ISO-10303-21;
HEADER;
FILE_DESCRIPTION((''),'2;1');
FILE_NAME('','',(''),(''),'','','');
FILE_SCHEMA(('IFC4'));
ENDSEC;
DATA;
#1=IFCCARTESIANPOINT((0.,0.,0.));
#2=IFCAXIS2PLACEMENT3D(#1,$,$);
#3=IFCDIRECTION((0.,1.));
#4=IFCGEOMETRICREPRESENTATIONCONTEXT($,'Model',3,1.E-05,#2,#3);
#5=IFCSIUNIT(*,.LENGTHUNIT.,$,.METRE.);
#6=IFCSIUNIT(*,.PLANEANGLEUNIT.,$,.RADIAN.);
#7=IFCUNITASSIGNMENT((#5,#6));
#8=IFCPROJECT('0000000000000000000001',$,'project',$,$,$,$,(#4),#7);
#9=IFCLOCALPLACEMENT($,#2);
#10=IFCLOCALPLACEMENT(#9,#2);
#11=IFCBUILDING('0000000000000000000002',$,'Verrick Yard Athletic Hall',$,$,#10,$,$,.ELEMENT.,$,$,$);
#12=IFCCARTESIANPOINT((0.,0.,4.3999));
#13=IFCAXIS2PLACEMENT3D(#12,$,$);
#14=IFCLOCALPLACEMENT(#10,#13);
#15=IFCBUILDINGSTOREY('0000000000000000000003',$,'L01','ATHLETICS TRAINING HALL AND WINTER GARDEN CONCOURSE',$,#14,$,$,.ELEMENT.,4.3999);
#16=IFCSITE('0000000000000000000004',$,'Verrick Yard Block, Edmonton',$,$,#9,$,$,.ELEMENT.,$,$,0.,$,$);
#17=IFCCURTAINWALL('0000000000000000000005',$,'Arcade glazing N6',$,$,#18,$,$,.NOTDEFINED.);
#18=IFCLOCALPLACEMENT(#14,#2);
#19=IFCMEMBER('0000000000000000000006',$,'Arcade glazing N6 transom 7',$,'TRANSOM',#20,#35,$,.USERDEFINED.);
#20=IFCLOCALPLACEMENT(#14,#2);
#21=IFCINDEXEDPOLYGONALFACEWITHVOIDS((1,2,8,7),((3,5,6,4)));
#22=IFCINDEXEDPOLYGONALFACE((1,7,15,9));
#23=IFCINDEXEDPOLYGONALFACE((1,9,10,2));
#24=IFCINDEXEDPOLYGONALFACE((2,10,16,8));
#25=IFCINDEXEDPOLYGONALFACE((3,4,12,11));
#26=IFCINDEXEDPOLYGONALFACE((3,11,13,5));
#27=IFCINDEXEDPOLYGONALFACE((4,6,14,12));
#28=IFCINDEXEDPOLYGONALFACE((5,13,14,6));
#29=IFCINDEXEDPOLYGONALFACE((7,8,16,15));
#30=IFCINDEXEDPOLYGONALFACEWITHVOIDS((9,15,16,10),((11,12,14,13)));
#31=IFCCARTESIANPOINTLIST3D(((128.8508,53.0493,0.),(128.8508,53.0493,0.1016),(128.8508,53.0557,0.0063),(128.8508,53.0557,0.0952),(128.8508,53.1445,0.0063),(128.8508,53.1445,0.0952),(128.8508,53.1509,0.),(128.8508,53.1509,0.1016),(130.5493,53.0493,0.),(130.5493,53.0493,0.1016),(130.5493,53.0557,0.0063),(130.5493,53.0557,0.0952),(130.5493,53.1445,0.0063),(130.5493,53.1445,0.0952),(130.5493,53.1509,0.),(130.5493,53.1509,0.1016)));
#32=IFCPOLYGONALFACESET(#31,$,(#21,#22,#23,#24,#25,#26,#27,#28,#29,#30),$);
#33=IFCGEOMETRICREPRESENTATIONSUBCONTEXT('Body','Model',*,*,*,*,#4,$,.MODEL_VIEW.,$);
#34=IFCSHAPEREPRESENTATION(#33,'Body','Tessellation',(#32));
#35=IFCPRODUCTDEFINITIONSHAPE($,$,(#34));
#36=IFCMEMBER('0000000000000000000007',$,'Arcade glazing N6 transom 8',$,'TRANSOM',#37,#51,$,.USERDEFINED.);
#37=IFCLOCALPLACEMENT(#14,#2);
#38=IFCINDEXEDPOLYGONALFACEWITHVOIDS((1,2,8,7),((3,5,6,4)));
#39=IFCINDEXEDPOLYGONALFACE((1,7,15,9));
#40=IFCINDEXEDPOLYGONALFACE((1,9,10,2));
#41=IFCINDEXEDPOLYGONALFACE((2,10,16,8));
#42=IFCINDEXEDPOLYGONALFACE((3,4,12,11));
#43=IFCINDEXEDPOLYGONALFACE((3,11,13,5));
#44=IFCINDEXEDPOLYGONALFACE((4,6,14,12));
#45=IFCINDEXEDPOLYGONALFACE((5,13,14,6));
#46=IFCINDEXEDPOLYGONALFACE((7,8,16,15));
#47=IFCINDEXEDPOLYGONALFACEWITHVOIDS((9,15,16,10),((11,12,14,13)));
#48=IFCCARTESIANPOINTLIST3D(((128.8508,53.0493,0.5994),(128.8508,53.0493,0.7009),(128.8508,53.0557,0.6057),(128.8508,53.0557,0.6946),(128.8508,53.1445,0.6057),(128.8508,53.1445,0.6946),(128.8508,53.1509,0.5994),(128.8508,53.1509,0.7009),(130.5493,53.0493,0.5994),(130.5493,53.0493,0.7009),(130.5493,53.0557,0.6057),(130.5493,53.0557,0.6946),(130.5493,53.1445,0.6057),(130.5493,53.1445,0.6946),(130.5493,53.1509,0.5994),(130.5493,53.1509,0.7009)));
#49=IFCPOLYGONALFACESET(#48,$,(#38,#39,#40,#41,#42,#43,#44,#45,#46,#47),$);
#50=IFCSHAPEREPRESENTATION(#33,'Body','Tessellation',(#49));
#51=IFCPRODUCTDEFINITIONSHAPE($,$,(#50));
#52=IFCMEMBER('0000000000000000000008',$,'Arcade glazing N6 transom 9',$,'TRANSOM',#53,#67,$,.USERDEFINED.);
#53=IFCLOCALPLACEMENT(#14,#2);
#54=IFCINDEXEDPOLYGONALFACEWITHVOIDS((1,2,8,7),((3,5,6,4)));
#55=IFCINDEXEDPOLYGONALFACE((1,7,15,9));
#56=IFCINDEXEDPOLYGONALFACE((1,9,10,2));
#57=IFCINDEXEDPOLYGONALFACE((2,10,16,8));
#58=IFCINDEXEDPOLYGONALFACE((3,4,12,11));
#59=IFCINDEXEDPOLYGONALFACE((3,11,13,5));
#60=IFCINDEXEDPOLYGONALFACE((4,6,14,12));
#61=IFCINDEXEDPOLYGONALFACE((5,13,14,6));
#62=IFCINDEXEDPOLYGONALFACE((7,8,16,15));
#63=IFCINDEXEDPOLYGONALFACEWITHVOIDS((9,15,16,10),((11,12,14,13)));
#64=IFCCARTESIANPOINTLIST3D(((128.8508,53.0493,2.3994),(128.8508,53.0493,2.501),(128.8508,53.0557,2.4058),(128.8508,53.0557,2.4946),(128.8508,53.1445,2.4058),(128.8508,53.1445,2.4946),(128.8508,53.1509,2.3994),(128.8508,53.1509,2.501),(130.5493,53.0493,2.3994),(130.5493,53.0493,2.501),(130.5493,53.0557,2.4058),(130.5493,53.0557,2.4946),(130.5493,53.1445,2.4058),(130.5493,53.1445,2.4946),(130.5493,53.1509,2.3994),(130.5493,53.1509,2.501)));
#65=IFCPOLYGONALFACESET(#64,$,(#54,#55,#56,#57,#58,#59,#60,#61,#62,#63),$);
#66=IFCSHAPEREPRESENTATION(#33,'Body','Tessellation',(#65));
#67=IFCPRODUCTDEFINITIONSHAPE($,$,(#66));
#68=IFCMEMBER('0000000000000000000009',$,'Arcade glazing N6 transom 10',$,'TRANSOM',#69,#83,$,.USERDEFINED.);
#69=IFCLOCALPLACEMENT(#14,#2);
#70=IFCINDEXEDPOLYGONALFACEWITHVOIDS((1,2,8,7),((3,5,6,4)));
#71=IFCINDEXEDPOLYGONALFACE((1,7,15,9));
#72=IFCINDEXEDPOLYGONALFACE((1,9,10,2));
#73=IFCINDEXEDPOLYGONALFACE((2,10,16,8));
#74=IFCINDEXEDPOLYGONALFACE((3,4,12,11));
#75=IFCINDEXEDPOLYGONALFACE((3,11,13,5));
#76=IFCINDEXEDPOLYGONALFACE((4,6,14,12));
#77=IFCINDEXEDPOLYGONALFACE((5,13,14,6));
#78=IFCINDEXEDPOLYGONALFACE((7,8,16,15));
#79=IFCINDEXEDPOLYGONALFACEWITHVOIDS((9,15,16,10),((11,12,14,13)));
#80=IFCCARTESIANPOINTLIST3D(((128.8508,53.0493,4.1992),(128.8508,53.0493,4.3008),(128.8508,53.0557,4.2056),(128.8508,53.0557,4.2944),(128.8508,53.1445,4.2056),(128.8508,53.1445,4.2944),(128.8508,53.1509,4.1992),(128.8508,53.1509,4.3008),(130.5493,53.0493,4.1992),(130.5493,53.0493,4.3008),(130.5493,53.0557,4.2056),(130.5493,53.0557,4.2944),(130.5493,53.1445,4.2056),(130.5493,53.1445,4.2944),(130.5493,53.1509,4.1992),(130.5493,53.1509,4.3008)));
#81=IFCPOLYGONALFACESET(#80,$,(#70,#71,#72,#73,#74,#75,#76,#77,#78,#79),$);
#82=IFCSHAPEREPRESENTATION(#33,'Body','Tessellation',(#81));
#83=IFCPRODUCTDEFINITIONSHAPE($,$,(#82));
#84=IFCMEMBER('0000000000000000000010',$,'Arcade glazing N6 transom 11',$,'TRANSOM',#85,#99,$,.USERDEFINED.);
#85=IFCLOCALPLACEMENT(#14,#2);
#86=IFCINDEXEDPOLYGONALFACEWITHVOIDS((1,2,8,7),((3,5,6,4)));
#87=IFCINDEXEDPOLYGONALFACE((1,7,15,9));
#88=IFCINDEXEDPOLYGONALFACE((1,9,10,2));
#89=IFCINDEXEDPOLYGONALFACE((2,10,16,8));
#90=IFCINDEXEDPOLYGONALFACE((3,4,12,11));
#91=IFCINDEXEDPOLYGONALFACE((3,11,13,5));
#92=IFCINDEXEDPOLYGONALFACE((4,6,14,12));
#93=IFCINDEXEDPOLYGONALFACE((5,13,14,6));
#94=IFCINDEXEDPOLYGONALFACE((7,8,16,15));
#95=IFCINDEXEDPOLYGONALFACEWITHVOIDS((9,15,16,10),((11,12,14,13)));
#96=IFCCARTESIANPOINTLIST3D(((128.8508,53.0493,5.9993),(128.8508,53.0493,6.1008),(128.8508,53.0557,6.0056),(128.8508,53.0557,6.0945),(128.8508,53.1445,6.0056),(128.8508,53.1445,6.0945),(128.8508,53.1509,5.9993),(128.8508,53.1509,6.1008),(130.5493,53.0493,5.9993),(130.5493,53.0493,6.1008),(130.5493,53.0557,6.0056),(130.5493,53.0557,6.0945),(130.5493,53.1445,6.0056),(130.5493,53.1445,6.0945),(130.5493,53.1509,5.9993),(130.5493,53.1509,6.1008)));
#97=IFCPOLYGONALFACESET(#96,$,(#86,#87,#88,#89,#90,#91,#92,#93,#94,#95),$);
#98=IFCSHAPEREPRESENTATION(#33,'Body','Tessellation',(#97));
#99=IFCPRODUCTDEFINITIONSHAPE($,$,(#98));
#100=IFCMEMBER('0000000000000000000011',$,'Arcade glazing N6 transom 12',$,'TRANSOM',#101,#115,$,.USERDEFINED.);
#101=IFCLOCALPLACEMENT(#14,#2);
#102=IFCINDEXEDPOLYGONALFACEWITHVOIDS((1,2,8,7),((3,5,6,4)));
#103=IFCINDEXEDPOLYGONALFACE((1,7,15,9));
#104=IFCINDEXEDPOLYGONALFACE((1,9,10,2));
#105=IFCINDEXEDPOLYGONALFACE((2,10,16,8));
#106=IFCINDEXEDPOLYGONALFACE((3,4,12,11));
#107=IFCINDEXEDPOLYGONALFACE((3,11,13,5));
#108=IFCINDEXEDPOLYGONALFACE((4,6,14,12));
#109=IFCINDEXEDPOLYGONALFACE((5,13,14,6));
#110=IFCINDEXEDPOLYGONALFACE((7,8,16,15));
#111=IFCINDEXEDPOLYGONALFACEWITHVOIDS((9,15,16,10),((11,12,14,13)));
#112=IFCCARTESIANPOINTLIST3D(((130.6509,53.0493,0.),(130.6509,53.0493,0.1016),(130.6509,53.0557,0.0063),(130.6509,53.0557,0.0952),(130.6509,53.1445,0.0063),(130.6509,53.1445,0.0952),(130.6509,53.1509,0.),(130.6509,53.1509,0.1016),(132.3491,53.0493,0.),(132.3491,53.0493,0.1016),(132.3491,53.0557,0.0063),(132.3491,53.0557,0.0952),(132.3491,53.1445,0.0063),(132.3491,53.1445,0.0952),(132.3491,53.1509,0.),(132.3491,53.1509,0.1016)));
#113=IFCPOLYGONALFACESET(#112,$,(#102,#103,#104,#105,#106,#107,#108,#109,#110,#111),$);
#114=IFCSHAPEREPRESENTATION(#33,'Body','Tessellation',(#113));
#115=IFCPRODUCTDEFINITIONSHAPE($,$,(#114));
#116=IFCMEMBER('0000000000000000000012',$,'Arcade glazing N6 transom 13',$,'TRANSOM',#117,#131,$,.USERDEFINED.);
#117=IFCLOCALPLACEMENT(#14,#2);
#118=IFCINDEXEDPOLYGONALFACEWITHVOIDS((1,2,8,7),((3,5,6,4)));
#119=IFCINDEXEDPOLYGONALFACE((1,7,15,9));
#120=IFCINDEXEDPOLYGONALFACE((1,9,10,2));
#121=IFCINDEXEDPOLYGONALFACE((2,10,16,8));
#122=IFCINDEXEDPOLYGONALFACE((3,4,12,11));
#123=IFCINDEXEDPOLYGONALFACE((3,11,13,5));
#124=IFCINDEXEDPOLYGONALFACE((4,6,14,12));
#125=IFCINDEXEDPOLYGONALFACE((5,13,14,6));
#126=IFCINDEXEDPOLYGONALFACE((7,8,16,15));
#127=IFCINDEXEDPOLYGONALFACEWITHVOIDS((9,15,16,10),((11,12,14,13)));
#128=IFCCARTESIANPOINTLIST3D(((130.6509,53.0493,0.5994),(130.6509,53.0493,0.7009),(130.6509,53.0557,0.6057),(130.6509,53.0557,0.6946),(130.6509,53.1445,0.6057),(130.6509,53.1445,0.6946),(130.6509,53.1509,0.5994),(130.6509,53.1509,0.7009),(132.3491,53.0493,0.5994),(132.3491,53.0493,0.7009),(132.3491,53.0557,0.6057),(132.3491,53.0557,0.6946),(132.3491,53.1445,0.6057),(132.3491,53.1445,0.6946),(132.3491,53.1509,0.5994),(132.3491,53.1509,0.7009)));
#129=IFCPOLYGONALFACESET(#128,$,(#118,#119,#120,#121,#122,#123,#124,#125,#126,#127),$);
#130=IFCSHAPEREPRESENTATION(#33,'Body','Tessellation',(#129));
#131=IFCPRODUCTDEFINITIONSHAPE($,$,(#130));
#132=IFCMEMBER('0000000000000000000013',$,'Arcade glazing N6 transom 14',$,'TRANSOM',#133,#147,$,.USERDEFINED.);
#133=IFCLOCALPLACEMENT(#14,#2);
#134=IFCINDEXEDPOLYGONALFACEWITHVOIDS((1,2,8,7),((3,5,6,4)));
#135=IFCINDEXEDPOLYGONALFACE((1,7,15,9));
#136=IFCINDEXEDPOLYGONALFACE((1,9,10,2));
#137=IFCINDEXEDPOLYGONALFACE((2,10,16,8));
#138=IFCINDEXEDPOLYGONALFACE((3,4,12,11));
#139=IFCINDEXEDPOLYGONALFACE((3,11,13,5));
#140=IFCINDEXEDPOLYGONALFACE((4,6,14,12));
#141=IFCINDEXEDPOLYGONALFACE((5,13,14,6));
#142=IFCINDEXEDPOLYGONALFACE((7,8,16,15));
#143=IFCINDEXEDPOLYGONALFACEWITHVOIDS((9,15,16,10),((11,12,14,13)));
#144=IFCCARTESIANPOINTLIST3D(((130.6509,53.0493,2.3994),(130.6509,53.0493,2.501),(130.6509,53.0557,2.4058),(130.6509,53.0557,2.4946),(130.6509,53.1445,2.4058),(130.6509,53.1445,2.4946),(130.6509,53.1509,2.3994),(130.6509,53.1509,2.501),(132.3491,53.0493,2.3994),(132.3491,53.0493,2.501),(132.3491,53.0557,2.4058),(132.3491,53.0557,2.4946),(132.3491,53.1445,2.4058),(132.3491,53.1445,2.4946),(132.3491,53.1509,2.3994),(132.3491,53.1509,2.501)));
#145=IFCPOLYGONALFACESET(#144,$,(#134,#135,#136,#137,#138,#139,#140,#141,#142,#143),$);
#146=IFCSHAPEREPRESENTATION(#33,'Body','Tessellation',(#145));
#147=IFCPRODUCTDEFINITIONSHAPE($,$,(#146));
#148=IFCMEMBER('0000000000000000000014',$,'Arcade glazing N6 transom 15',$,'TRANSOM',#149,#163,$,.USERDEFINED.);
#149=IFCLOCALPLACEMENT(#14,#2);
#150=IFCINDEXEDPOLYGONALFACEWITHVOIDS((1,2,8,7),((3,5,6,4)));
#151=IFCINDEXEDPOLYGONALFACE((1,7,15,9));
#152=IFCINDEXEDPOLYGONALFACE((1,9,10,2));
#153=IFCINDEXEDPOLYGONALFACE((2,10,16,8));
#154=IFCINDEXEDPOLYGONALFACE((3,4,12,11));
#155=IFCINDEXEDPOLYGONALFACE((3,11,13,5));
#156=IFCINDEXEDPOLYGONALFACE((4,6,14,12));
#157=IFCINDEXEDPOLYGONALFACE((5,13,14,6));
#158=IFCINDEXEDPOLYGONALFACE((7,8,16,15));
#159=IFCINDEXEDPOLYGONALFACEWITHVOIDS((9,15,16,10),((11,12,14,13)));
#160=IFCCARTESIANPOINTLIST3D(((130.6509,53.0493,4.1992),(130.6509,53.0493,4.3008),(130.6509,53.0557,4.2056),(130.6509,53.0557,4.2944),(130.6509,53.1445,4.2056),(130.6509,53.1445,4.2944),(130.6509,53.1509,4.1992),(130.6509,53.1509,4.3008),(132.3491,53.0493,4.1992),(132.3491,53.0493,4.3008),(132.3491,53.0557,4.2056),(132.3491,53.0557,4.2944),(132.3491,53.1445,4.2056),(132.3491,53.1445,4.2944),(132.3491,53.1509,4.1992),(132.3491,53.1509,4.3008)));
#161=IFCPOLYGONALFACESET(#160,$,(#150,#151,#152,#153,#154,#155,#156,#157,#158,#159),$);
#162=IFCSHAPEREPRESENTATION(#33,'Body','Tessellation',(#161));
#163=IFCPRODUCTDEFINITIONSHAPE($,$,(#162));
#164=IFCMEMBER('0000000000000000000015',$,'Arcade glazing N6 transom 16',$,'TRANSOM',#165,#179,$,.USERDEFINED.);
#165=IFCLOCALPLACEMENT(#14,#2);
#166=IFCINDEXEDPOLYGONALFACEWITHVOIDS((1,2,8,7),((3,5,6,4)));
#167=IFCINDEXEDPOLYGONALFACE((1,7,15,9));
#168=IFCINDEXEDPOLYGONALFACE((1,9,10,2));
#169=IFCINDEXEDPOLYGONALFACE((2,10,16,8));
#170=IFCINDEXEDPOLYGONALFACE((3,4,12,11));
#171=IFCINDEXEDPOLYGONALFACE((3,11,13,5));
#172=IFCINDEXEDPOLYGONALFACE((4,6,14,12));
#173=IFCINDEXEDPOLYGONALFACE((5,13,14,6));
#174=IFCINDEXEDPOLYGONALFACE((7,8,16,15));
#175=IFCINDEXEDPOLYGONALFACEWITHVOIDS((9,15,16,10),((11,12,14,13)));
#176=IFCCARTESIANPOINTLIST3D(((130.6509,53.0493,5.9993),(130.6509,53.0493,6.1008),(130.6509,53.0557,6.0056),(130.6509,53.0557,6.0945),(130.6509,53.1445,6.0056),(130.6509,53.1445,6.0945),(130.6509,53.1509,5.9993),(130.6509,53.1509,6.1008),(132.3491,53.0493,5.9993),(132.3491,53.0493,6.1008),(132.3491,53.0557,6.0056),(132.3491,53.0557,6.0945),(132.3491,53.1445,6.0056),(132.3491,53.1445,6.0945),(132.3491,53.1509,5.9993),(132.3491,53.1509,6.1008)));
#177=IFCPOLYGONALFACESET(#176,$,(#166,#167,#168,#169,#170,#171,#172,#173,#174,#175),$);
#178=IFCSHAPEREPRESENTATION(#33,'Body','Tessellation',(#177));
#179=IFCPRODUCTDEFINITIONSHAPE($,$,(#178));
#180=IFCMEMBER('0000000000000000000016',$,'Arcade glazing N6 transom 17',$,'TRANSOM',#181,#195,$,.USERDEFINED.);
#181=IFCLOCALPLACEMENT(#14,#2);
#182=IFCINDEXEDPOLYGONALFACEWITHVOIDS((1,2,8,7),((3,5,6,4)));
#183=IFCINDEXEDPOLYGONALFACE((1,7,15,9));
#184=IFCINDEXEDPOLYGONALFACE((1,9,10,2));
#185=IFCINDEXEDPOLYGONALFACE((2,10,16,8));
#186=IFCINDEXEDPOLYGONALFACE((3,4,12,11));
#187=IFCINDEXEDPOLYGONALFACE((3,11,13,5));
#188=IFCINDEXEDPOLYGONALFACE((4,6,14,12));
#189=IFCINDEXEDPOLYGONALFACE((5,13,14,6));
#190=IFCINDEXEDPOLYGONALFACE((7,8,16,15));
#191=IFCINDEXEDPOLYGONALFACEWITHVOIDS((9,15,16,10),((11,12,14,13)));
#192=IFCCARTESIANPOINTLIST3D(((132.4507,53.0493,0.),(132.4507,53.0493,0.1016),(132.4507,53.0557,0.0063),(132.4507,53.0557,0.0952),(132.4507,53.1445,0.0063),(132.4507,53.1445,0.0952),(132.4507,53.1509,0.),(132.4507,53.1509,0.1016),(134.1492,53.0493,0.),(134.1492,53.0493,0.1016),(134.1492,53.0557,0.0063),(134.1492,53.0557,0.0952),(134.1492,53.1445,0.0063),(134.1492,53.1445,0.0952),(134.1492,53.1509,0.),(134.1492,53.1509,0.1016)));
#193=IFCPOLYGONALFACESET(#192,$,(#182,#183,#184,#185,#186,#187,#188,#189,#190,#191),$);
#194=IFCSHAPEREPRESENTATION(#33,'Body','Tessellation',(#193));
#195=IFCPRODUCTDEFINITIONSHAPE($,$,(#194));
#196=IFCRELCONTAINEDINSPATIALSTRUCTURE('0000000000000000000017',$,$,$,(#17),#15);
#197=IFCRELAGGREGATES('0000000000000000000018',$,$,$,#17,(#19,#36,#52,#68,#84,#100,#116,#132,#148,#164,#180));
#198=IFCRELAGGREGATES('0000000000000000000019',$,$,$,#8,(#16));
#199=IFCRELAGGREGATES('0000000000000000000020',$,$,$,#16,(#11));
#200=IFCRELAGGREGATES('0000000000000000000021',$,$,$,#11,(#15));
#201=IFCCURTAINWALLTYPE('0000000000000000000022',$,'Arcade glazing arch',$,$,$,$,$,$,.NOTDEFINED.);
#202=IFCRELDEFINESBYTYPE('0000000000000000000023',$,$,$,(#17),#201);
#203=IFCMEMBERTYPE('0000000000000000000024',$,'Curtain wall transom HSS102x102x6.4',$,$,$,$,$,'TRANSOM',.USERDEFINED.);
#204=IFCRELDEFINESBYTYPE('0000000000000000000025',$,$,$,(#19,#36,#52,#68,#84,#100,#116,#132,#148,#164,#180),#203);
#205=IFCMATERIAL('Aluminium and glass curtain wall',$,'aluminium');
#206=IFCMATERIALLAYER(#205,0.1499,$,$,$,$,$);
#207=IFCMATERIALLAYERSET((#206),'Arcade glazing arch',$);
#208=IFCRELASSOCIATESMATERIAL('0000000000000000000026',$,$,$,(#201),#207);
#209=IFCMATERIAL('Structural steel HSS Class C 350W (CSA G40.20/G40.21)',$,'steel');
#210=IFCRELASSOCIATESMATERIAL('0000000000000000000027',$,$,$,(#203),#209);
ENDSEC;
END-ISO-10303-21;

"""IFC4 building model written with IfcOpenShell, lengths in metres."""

from ifc_helpers import new_model, si_unit, direction, frame, origin, origin_2d, place, context, subcontext, project, spatial, hollow_rectangle, extrude, material, layer, layer_set, material_profile, profile_set, type_object, element, aggregate, save


model = new_model("IFC4")

# Units and contexts
model_context = context("Model", 3, precision=1e-05, world=origin(), true_north=direction((0.0, 1.0)))
body_context = subcontext(model_context, "Body", "Model", "MODEL_VIEW")
ifc_project = project(units=[si_unit("LENGTHUNIT", "METRE"), si_unit("PLANEANGLEUNIT", "RADIAN")], contexts=[model_context])

# Site, building, storey
site_placement = place(None, origin())
site = spatial("IfcSite", under=ifc_project, at=site_placement, Name="Verrick Yard Block, Edmonton", CompositionType="ELEMENT", RefElevation=0.0)
building_placement = place(site_placement, origin())
building = spatial("IfcBuilding", under=site, at=building_placement, Name="Verrick Yard Athletic Hall", CompositionType="ELEMENT")
storey_placement = place(building_placement, frame((0.0, 0.0, 4.3999)))
storey = spatial("IfcBuildingStorey", under=building, at=storey_placement, Name="L01", Description="ATHLETICS TRAINING HALL AND WINTER GARDEN CONCOURSE", CompositionType="ELEMENT", Elevation=4.3999)

# Curtain wall, members
ifc_material_1 = material(Name="Aluminium and glass curtain wall", Category="aluminium")
ifc_layer_1 = layer(ifc_material_1, 0.1499)
ifc_layer_set_1 = layer_set([ifc_layer_1], Name="Arcade glazing arch")
curtain_wall_type = type_object("IfcCurtainWallType", Name="Arcade glazing arch", PredefinedType="NOTDEFINED", material=ifc_layer_set_1)
curtain_wall_placement = place(storey_placement, origin())
curtain_wall = element("IfcCurtainWall", 1, at=curtain_wall_placement, inside=storey, type_object=curtain_wall_type, Name="Arcade glazing N6", PredefinedType="NOTDEFINED")
ifc_material_2 = material(Name="Structural steel HSS Class C 350W (CSA G40.20/G40.21)", Category="steel")
ifc_material_profile_1 = material_profile(ifc_material_2, hollow_rectangle(XDim=0.1016, YDim=0.1016, WallThickness=0.0063, at=origin_2d()), Name="HSS102x102x6.4")
ifc_profile_set_1 = profile_set([ifc_material_profile_1], Name="Structural steel HSS Class C 350W (CSA G40.20/G40.21)")
member_type_1 = type_object("IfcMemberType", Name="Curtain wall transom HSS102x102x6.4", ElementType="TRANSOM", PredefinedType="USERDEFINED", material=ifc_profile_set_1)
member_1_placement = place(storey_placement, frame((128.8508, 53.1001, 0.0508), z_axis=(1.0, 0.0, 0.0), x_axis=(0.0, 1.0, 0.0)))
member_1 = element("IfcMember", 2, at=member_1_placement, type_object=member_type_1, Name="Arcade glazing N6 transom 7", ObjectType="TRANSOM", PredefinedType="USERDEFINED", context=body_context, shape_type="SweptSolid", body=[
    extrude(hollow_rectangle(XDim=0.1016, YDim=0.1016, WallThickness=0.0063, at=origin_2d()), origin(), (0.0, 0.0, 1.0), 1.6985),
])
member_2_placement = place(storey_placement, frame((128.8508, 53.1001, 0.6501), z_axis=(1.0, 0.0, 0.0), x_axis=(0.0, 1.0, 0.0)))
member_2 = element("IfcMember", 3, at=member_2_placement, type_object=member_type_1, Name="Arcade glazing N6 transom 8", ObjectType="TRANSOM", PredefinedType="USERDEFINED", context=body_context, shape_type="SweptSolid", body=[
    extrude(hollow_rectangle(XDim=0.1016, YDim=0.1016, WallThickness=0.0063, at=origin_2d()), origin(), (0.0, 0.0, 1.0), 1.6985),
])
member_3_placement = place(storey_placement, frame((128.8508, 53.1001, 2.4502), z_axis=(1.0, 0.0, 0.0), x_axis=(0.0, 1.0, 0.0)))
member_3 = element("IfcMember", 4, at=member_3_placement, type_object=member_type_1, Name="Arcade glazing N6 transom 9", ObjectType="TRANSOM", PredefinedType="USERDEFINED", context=body_context, shape_type="SweptSolid", body=[
    extrude(hollow_rectangle(XDim=0.1016, YDim=0.1016, WallThickness=0.0063, at=origin_2d()), origin(), (0.0, 0.0, 1.0), 1.6985),
])
member_4_placement = place(storey_placement, frame((128.8508, 53.1001, 4.25), z_axis=(1.0, 0.0, 0.0), x_axis=(0.0, 1.0, 0.0)))
member_4 = element("IfcMember", 5, at=member_4_placement, type_object=member_type_1, Name="Arcade glazing N6 transom 10", ObjectType="TRANSOM", PredefinedType="USERDEFINED", context=body_context, shape_type="SweptSolid", body=[
    extrude(hollow_rectangle(XDim=0.1016, YDim=0.1016, WallThickness=0.0063, at=origin_2d()), origin(), (0.0, 0.0, 1.0), 1.6985),
])
member_5_placement = place(storey_placement, frame((128.8508, 53.1001, 6.05), z_axis=(1.0, 0.0, 0.0), x_axis=(0.0, 1.0, 0.0)))
member_5 = element("IfcMember", 6, at=member_5_placement, type_object=member_type_1, Name="Arcade glazing N6 transom 11", ObjectType="TRANSOM", PredefinedType="USERDEFINED", context=body_context, shape_type="SweptSolid", body=[
    extrude(hollow_rectangle(XDim=0.1016, YDim=0.1016, WallThickness=0.0063, at=origin_2d()), origin(), (0.0, 0.0, 1.0), 1.6985),
])
member_6_placement = place(storey_placement, frame((130.6509, 53.1001, 0.0508), z_axis=(1.0, 0.0, 0.0), x_axis=(0.0, 1.0, 0.0)))
member_6 = element("IfcMember", 7, at=member_6_placement, type_object=member_type_1, Name="Arcade glazing N6 transom 12", ObjectType="TRANSOM", PredefinedType="USERDEFINED", context=body_context, shape_type="SweptSolid", body=[
    extrude(hollow_rectangle(XDim=0.1016, YDim=0.1016, WallThickness=0.0063, at=origin_2d()), origin(), (0.0, 0.0, 1.0), 1.6982),
])
member_7_placement = place(storey_placement, frame((130.6509, 53.1001, 0.6501), z_axis=(1.0, 0.0, 0.0), x_axis=(0.0, 1.0, 0.0)))
member_7 = element("IfcMember", 8, at=member_7_placement, type_object=member_type_1, Name="Arcade glazing N6 transom 13", ObjectType="TRANSOM", PredefinedType="USERDEFINED", context=body_context, shape_type="SweptSolid", body=[
    extrude(hollow_rectangle(XDim=0.1016, YDim=0.1016, WallThickness=0.0063, at=origin_2d()), origin(), (0.0, 0.0, 1.0), 1.6982),
])
member_8_placement = place(storey_placement, frame((130.6509, 53.1001, 2.4502), z_axis=(1.0, 0.0, 0.0), x_axis=(0.0, 1.0, 0.0)))
member_8 = element("IfcMember", 9, at=member_8_placement, type_object=member_type_1, Name="Arcade glazing N6 transom 14", ObjectType="TRANSOM", PredefinedType="USERDEFINED", context=body_context, shape_type="SweptSolid", body=[
    extrude(hollow_rectangle(XDim=0.1016, YDim=0.1016, WallThickness=0.0063, at=origin_2d()), origin(), (0.0, 0.0, 1.0), 1.6982),
])
member_9_placement = place(storey_placement, frame((130.6509, 53.1001, 4.25), z_axis=(1.0, 0.0, 0.0), x_axis=(0.0, 1.0, 0.0)))
member_9 = element("IfcMember", 10, at=member_9_placement, type_object=member_type_1, Name="Arcade glazing N6 transom 15", ObjectType="TRANSOM", PredefinedType="USERDEFINED", context=body_context, shape_type="SweptSolid", body=[
    extrude(hollow_rectangle(XDim=0.1016, YDim=0.1016, WallThickness=0.0063, at=origin_2d()), origin(), (0.0, 0.0, 1.0), 1.6982),
])
member_10_placement = place(storey_placement, frame((130.6509, 53.1001, 6.05), z_axis=(1.0, 0.0, 0.0), x_axis=(0.0, 1.0, 0.0)))
member_10 = element("IfcMember", 11, at=member_10_placement, type_object=member_type_1, Name="Arcade glazing N6 transom 16", ObjectType="TRANSOM", PredefinedType="USERDEFINED", context=body_context, shape_type="SweptSolid", body=[
    extrude(hollow_rectangle(XDim=0.1016, YDim=0.1016, WallThickness=0.0063, at=origin_2d()), origin(), (0.0, 0.0, 1.0), 1.6982),
])
member_11_placement = place(storey_placement, frame((132.4507, 53.1001, 0.0508), z_axis=(1.0, 0.0, 0.0), x_axis=(0.0, 1.0, 0.0)))
member_11 = element("IfcMember", 12, at=member_11_placement, type_object=member_type_1, Name="Arcade glazing N6 transom 17", ObjectType="TRANSOM", PredefinedType="USERDEFINED", context=body_context, shape_type="SweptSolid", body=[
    extrude(hollow_rectangle(XDim=0.1016, YDim=0.1016, WallThickness=0.0063, at=origin_2d()), origin(), (0.0, 0.0, 1.0), 1.6985),
])
aggregate(curtain_wall, [member_1, member_2, member_3, member_4, member_5, member_6, member_7, member_8, member_9, member_10, member_11])

save(model, "model.ifc")
